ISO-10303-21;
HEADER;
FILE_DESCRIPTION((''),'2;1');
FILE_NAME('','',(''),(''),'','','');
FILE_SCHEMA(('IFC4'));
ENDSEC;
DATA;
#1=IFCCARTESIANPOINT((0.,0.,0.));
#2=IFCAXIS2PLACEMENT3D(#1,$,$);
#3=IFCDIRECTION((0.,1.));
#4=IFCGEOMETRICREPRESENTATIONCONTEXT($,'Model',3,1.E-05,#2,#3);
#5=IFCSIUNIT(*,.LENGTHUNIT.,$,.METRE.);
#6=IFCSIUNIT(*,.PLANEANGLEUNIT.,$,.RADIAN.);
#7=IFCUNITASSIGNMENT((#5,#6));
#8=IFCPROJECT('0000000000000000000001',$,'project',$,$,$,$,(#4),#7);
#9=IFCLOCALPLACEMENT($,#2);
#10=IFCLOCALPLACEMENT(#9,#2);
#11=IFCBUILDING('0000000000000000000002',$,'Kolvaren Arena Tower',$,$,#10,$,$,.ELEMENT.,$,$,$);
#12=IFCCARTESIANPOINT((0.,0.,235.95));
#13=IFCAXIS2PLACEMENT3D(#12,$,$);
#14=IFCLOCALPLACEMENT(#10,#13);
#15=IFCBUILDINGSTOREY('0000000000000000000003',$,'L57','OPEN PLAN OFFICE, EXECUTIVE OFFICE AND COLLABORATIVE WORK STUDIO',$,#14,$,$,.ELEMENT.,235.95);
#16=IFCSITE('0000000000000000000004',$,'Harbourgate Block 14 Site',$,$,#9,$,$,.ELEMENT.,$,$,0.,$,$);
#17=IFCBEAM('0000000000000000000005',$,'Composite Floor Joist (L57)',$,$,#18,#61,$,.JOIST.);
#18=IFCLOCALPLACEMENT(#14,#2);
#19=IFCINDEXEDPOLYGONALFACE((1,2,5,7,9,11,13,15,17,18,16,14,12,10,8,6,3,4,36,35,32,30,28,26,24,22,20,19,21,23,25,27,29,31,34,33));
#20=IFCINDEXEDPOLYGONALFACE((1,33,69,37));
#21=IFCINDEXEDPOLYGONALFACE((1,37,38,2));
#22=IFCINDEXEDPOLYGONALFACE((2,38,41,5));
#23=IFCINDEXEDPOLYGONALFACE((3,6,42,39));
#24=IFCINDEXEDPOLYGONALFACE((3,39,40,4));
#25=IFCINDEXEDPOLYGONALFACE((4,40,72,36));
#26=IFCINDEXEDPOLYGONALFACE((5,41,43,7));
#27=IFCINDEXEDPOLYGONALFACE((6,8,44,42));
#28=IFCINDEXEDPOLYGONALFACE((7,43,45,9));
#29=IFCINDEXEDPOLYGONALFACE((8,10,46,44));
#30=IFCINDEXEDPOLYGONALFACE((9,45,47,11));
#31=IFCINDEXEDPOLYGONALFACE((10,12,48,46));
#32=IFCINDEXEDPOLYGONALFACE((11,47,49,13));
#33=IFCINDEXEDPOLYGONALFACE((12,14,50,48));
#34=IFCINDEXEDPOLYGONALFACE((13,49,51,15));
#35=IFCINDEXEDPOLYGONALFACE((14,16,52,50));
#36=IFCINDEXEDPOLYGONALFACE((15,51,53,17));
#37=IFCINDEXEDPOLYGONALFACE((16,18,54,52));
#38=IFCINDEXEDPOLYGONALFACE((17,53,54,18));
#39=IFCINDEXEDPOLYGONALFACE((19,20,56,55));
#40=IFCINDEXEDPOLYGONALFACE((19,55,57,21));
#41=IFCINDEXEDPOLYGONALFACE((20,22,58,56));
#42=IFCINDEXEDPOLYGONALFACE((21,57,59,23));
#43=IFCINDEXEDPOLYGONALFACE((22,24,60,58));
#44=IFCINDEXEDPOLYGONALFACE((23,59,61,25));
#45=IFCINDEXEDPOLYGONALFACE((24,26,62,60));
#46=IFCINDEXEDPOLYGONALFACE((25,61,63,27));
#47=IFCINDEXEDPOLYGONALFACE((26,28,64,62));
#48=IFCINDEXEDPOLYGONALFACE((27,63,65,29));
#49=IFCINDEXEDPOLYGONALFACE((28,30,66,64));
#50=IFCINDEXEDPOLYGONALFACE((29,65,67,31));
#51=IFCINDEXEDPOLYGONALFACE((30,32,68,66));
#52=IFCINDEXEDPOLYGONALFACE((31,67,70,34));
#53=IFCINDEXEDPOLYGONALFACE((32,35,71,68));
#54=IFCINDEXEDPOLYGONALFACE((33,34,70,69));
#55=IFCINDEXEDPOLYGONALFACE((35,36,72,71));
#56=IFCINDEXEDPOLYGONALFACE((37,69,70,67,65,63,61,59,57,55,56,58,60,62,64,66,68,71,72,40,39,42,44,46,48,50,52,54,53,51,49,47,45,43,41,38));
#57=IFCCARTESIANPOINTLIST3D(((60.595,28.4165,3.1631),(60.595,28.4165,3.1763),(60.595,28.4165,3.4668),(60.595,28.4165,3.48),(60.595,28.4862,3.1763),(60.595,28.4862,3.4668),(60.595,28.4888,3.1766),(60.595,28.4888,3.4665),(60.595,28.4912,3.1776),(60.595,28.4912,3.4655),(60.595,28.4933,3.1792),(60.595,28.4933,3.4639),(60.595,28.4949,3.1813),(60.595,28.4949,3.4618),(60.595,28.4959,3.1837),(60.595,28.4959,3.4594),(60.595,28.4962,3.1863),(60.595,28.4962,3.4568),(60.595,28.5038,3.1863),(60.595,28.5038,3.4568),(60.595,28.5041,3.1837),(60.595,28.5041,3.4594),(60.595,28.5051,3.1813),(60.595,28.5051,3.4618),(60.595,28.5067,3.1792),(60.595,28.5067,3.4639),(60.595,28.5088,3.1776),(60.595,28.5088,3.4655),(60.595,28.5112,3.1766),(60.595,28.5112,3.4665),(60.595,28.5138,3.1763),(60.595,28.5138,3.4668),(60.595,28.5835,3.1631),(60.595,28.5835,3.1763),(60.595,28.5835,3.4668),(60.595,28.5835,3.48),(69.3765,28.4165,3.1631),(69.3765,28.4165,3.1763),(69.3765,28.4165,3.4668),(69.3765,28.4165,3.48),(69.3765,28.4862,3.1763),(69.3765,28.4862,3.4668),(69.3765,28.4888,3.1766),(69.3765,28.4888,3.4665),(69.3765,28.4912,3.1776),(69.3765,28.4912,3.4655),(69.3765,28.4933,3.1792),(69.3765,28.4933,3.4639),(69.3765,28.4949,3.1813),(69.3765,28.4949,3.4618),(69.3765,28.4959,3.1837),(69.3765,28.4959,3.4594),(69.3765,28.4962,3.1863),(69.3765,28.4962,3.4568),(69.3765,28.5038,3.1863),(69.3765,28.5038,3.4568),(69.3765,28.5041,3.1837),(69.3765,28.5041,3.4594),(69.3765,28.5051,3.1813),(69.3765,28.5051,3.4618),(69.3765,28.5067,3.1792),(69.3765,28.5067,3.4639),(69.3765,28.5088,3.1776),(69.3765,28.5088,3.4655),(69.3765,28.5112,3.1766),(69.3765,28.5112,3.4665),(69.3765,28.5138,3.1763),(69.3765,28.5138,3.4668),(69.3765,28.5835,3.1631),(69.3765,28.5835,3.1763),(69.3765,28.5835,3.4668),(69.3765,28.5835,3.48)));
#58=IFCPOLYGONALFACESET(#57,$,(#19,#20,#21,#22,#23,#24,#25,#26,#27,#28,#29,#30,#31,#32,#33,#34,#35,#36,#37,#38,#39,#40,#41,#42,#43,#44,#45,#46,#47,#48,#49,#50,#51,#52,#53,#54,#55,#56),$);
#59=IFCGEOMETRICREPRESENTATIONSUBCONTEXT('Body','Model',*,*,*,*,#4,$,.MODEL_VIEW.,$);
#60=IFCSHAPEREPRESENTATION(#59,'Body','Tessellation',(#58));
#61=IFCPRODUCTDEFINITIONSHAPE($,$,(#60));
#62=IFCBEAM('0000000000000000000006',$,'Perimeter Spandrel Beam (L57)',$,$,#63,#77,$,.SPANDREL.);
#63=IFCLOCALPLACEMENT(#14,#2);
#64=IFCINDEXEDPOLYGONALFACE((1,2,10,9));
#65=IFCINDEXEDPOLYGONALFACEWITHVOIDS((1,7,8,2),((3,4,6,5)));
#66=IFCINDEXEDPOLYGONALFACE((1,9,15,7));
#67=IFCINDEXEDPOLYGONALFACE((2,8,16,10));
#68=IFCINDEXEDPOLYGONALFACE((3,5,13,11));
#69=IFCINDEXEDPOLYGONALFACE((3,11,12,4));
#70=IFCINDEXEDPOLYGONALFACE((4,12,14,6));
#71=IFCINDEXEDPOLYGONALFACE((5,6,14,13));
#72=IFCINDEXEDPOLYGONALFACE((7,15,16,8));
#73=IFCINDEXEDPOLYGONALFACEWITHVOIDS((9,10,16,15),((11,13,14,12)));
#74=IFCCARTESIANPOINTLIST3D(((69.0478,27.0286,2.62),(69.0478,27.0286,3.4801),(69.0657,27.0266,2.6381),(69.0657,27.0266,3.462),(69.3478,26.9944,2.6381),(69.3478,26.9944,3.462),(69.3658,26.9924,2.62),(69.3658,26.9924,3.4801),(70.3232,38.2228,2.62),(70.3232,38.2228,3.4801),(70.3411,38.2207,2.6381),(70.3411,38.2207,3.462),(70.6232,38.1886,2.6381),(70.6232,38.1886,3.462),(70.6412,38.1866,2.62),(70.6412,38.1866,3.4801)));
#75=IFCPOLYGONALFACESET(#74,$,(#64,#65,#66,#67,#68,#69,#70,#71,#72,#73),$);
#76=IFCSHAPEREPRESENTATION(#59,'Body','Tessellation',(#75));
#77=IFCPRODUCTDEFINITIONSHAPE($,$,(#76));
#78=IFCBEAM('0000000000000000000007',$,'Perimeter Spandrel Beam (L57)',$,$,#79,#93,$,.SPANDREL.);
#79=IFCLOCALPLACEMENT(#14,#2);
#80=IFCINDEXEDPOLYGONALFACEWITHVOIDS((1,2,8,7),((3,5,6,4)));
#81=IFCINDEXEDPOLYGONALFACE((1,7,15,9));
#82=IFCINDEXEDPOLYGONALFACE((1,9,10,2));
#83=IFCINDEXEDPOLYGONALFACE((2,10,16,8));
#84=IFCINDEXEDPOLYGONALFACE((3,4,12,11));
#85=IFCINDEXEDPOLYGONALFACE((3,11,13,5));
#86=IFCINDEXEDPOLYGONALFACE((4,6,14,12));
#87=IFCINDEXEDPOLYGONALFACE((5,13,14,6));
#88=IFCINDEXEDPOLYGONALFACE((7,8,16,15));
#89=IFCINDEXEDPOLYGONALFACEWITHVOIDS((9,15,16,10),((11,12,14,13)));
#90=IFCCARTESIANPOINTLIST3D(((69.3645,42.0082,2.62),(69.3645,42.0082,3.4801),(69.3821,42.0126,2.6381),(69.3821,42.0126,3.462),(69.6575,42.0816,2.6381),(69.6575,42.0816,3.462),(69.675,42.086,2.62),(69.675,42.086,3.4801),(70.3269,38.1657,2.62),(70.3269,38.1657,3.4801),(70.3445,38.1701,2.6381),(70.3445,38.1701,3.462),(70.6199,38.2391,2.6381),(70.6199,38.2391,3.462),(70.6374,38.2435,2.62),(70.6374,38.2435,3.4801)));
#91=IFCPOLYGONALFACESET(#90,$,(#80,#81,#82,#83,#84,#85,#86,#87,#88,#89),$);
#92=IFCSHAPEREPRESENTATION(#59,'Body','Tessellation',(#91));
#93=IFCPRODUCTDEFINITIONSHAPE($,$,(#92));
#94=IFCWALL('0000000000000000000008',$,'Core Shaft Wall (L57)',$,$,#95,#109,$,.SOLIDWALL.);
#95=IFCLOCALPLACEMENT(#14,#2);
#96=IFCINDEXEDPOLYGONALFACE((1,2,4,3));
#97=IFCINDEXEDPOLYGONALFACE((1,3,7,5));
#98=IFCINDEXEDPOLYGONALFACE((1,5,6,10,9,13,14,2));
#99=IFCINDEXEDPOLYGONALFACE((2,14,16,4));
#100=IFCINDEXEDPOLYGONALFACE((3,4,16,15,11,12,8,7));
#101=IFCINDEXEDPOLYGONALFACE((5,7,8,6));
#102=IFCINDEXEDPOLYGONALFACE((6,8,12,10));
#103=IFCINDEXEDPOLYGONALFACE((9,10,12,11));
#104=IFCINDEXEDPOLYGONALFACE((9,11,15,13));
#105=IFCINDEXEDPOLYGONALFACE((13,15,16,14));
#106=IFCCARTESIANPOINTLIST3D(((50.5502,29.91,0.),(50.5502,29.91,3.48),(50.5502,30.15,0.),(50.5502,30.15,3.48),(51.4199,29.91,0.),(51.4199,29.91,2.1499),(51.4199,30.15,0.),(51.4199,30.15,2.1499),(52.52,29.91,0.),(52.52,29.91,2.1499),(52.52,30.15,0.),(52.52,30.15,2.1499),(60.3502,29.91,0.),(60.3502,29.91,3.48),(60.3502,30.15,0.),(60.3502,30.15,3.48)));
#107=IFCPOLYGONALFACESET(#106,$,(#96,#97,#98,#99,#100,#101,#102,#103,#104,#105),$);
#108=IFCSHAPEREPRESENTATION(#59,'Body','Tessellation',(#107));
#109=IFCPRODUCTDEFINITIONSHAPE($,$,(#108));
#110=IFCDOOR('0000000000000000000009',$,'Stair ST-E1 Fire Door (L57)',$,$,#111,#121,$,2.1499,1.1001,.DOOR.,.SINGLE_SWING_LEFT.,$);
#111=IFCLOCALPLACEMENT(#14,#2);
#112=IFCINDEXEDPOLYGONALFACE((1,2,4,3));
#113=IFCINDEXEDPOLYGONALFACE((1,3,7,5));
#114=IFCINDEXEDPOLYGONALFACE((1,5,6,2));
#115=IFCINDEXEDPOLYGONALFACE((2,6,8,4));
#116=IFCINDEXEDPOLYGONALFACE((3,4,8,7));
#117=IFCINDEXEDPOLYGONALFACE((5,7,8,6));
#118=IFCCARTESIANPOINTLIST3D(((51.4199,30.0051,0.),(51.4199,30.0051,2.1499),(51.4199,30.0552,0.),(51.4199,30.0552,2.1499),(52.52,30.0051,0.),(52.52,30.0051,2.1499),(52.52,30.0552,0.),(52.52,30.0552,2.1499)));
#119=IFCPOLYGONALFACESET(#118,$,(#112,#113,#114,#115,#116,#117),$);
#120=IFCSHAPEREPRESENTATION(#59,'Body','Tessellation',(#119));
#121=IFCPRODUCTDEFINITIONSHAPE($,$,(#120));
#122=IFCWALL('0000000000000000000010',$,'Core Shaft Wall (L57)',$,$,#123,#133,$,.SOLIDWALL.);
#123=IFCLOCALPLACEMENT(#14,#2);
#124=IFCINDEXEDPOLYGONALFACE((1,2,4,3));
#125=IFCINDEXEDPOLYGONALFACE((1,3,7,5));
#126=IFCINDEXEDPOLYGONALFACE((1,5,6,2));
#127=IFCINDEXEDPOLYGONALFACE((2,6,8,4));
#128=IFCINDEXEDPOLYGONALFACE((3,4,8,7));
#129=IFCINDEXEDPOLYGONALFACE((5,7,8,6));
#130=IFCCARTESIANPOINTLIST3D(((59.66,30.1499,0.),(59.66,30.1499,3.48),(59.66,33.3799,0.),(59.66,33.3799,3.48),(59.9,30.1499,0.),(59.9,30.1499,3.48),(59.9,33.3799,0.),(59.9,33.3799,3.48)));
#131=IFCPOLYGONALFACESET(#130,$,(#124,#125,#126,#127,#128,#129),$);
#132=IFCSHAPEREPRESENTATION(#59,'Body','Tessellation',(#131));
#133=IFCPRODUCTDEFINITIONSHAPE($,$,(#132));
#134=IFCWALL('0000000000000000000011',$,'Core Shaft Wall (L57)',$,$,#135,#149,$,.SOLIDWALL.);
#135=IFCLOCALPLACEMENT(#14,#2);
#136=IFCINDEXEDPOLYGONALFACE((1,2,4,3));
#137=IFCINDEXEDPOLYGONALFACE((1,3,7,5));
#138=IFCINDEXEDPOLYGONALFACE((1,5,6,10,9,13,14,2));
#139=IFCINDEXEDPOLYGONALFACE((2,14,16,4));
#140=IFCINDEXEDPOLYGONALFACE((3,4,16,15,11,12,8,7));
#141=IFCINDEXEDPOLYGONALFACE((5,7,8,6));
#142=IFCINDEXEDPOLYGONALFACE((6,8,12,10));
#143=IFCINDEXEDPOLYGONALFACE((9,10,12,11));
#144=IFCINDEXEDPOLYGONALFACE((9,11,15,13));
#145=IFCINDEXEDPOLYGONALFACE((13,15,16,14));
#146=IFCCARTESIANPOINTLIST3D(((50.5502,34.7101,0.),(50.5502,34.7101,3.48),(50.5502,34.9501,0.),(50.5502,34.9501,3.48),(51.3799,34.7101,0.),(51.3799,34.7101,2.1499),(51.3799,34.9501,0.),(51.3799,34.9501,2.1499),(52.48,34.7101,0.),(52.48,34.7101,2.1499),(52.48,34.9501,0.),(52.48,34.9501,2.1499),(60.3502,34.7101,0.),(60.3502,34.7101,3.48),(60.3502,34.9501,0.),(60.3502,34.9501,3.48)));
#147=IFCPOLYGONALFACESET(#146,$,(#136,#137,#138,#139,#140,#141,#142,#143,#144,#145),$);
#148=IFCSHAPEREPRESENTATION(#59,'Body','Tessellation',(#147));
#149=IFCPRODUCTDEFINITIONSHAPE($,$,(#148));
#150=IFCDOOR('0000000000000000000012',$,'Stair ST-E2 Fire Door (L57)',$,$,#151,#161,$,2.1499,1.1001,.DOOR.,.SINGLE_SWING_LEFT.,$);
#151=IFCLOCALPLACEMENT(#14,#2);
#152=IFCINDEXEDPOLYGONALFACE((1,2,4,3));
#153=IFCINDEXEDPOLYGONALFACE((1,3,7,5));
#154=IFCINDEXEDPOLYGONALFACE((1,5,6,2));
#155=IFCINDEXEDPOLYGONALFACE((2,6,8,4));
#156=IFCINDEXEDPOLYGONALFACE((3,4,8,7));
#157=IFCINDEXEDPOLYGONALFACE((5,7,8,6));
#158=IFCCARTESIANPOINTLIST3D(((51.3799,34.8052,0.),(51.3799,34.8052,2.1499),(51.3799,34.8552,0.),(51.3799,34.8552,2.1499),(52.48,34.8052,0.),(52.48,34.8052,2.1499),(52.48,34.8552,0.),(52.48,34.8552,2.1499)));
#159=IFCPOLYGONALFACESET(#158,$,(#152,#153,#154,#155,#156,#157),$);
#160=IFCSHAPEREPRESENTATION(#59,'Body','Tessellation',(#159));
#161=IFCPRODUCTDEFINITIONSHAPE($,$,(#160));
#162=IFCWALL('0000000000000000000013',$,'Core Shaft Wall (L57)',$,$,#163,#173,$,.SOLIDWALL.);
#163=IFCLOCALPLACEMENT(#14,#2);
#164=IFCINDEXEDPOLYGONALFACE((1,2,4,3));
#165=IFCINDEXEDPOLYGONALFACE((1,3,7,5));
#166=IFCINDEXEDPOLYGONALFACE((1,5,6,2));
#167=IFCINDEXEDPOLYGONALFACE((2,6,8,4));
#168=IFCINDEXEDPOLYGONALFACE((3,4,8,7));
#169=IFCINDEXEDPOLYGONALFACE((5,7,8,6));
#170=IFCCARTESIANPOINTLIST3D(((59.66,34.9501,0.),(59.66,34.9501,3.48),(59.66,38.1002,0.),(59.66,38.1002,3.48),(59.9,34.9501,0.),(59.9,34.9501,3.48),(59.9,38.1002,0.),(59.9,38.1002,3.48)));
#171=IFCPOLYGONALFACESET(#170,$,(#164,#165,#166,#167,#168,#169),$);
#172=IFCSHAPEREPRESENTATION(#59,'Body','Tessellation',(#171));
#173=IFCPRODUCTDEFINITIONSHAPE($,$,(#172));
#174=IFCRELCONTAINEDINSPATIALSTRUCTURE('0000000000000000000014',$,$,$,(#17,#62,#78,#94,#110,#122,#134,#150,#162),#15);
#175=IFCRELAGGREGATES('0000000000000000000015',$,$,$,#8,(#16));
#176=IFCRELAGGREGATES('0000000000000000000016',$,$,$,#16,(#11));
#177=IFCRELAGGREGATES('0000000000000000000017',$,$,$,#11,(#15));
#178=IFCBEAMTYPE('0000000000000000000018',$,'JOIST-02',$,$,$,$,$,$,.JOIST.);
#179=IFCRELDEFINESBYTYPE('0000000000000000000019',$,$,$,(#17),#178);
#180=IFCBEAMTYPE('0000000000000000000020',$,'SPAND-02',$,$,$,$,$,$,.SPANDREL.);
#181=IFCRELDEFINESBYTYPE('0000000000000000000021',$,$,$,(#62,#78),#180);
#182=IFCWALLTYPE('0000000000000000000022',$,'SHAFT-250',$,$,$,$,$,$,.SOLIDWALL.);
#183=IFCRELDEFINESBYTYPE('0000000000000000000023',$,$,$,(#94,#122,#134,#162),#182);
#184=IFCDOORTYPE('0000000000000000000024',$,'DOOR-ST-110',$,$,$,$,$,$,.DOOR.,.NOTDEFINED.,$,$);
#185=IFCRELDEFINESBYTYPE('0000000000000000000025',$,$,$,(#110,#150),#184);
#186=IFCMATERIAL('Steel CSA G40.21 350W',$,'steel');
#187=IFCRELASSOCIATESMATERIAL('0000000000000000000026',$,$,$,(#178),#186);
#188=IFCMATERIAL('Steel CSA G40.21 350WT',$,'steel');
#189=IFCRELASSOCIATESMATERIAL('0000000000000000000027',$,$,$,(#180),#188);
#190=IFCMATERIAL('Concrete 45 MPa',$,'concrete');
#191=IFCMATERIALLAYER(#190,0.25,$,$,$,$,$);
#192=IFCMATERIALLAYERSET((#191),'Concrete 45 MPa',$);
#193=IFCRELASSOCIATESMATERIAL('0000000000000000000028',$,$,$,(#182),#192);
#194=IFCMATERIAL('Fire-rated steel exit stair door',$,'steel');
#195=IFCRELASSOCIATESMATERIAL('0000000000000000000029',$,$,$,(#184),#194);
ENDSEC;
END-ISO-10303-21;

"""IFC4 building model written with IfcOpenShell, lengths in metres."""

from ifc_helpers import new_model, si_unit, direction, frame, frame_2d, origin, origin_2d, place, context, subcontext, project, spatial, rectangle, hollow_rectangle, i_section, extrude, material, layer, layer_set, material_profile, profile_set, type_object, element, fill, save


model = new_model("IFC4")

# Units and contexts
model_context = context("Model", 3, precision=1e-05, world=origin(), true_north=direction((0.0, 1.0)))
body_context = subcontext(model_context, "Body", "Model", "MODEL_VIEW")
ifc_project = project(units=[si_unit("LENGTHUNIT", "METRE"), si_unit("PLANEANGLEUNIT", "RADIAN")], contexts=[model_context])

# Site, building, storey
site_placement = place(None, origin())
site = spatial("IfcSite", under=ifc_project, at=site_placement, Name="Harbourgate Block 14 Site", CompositionType="ELEMENT", RefElevation=0.0)
building_placement = place(site_placement, origin())
building = spatial("IfcBuilding", under=site, at=building_placement, Name="Kolvaren Arena Tower", CompositionType="ELEMENT")
storey_placement = place(building_placement, frame((0.0, 0.0, 235.95)))
storey = spatial("IfcBuildingStorey", under=building, at=storey_placement, Name="L57", Description="OPEN PLAN OFFICE, EXECUTIVE OFFICE AND COLLABORATIVE WORK STUDIO", CompositionType="ELEMENT", Elevation=235.95)

# Beams
ifc_material_1 = material(Name="Steel CSA G40.21 350W", Category="steel")
ifc_material_profile_1 = material_profile(ifc_material_1, i_section(OverallWidth=0.167, OverallDepth=0.3169, WebThickness=0.0076, FlangeThickness=0.0132, FilletRadius=0.01, at=origin_2d()), Name="W310x52")
ifc_profile_set_1 = profile_set([ifc_material_profile_1], Name="Steel CSA G40.21 350W")
beam_type_1 = type_object("IfcBeamType", Name="JOIST-02", PredefinedType="JOIST", material=ifc_profile_set_1)
beam_1_placement = place(storey_placement, frame((60.595, 28.5, 3.3215), z_axis=(1.0, 0.0, 0.0), x_axis=(0.0, 1.0, 0.0)))
element("IfcBeam", 1, at=beam_1_placement, inside=storey, type_object=beam_type_1, Name="Composite Floor Joist (L57)", PredefinedType="JOIST", context=body_context, shape_type="SweptSolid", body=[
    extrude(i_section(OverallWidth=0.167, OverallDepth=0.3169, WebThickness=0.0076, FlangeThickness=0.0132, FilletRadius=0.01, at=origin_2d()), origin(), (0.0, 0.0, 1.0), 8.7815),
])
ifc_material_2 = material(Name="Steel CSA G40.21 350WT", Category="steel")
ifc_material_profile_2 = material_profile(ifc_material_2, hollow_rectangle(XDim=0.3201, YDim=0.8601, WallThickness=0.0181, at=origin_2d()), Name="HSS 860x320x18")
ifc_profile_set_2 = profile_set([ifc_material_profile_2], Name="Steel CSA G40.21 350WT")
beam_type_2 = type_object("IfcBeamType", Name="SPAND-02", PredefinedType="SPANDREL", material=ifc_profile_set_2)
beam_2_placement = place(storey_placement, frame((69.2068, 27.0105, 3.05), z_axis=(0.113202, 0.993572, 0.0), x_axis=(-0.993572, 0.113202, 0.0)))
element("IfcBeam", 2, at=beam_2_placement, inside=storey, type_object=beam_type_2, Name="Perimeter Spandrel Beam (L57)", PredefinedType="SPANDREL", context=body_context, shape_type="SweptSolid", body=[
    extrude(hollow_rectangle(XDim=0.3201, YDim=0.8601, WallThickness=0.0181, at=origin_2d()), origin(), (0.0, 0.0, 1.0), 11.2666),
])
beam_3_placement = place(storey_placement, frame((70.4822, 38.2046, 3.05), z_axis=(-0.242956, 0.970037, 0.0), x_axis=(-0.970037, -0.242956, 0.0)))
element("IfcBeam", 3, at=beam_3_placement, inside=storey, type_object=beam_type_2, Name="Perimeter Spandrel Beam (L57)", PredefinedType="SPANDREL", context=body_context, shape_type="SweptSolid", body=[
    extrude(hollow_rectangle(XDim=0.3201, YDim=0.8601, WallThickness=0.0181, at=origin_2d()), origin(), (0.0, 0.0, 1.0), 3.9612),
])

# Wall, opening, door
ifc_material_3 = material(Name="Concrete 45 MPa", Category="concrete")
ifc_layer = layer(ifc_material_3, 0.25)
ifc_layer_set = layer_set([ifc_layer], Name="Concrete 45 MPa")
wall_type = type_object("IfcWallType", Name="SHAFT-250", PredefinedType="SOLIDWALL", material=ifc_layer_set)
wall_1_placement = place(storey_placement, frame((60.3501, 30.03, 0.0), z_axis=(0.0, 0.0, 1.0), x_axis=(-1.0, 0.0, 0.0)))
wall_1 = element("IfcWall", 4, at=wall_1_placement, inside=storey, type_object=wall_type, Name="Core Shaft Wall (L57)", PredefinedType="SOLIDWALL", context=body_context, shape_type="SweptSolid", body=[
    extrude(rectangle(XDim=9.8, YDim=0.24, at=frame_2d((4.8999, 0.0))), origin(), (0.0, 0.0, 1.0), 3.48),
])
opening_1_placement = place(wall_1_placement, frame((7.8301, 0.0, 0.0)))
opening_1 = element("IfcOpeningElement", 5, at=opening_1_placement, cuts=wall_1, PredefinedType="OPENING", context=body_context, shape_type="SweptSolid", body=[
    extrude(rectangle(XDim=1.1001, YDim=2.1499, at=frame_2d((0.55, 1.075))), frame((0.0, 0.1299, 0.0), z_axis=(0.0, -1.0, 0.0), x_axis=(1.0, 0.0, 0.0)), (0.0, 0.0, 1.0), 0.26),
])
ifc_material_4 = material(Name="Fire-rated steel exit stair door", Category="steel")
door_type_1 = type_object("IfcDoorType", Name="DOOR-ST-110", OperationType="NOTDEFINED", PredefinedType="DOOR", material=ifc_material_4)
door_1_placement = place(opening_1_placement, origin())
door_1 = element("IfcDoor", 6, at=door_1_placement, inside=storey, type_object=door_type_1, Name="Stair ST-E1 Fire Door (L57)", OperationType="SINGLE_SWING_LEFT", OverallHeight=2.1499, OverallWidth=1.1001, PredefinedType="DOOR", context=body_context, shape_type="SweptSolid", body=[
    extrude(rectangle(XDim=1.1001, YDim=2.1499, at=frame_2d((0.55, 1.075))), frame((0.0, 0.0249, 0.0), z_axis=(0.0, -1.0, 0.0), x_axis=(1.0, 0.0, 0.0)), (0.0, 0.0, 1.0), 0.05),
])
fill(opening_1, door_1)

# Wall
wall_2_placement = place(storey_placement, frame((59.78, 30.1499, 0.0), z_axis=(0.0, 0.0, 1.0), x_axis=(0.0, 1.0, 0.0)))
element("IfcWall", 7, at=wall_2_placement, inside=storey, type_object=wall_type, Name="Core Shaft Wall (L57)", PredefinedType="SOLIDWALL", context=body_context, shape_type="SweptSolid", body=[
    extrude(rectangle(XDim=3.23, YDim=0.24, at=frame_2d((1.615, 0.0))), origin(), (0.0, 0.0, 1.0), 3.48),
])

# Wall, opening, door
wall_3_placement = place(storey_placement, frame((60.3501, 34.8301, 0.0), z_axis=(0.0, 0.0, 1.0), x_axis=(-1.0, 0.0, 0.0)))
wall_3 = element("IfcWall", 8, at=wall_3_placement, inside=storey, type_object=wall_type, Name="Core Shaft Wall (L57)", PredefinedType="SOLIDWALL", context=body_context, shape_type="SweptSolid", body=[
    extrude(rectangle(XDim=9.8, YDim=0.24, at=frame_2d((4.8999, 0.0))), origin(), (0.0, 0.0, 1.0), 3.48),
])
opening_2_placement = place(wall_3_placement, frame((7.8701, 0.0, 0.0)))
opening_2 = element("IfcOpeningElement", 9, at=opening_2_placement, cuts=wall_3, PredefinedType="OPENING", context=body_context, shape_type="SweptSolid", body=[
    extrude(rectangle(XDim=1.1001, YDim=2.1499, at=frame_2d((0.55, 1.075))), frame((0.0, 0.1299, 0.0), z_axis=(0.0, -1.0, 0.0), x_axis=(1.0, 0.0, 0.0)), (0.0, 0.0, 1.0), 0.26),
])
door_2_placement = place(opening_2_placement, origin())
door_2 = element("IfcDoor", 10, at=door_2_placement, inside=storey, type_object=door_type_1, Name="Stair ST-E2 Fire Door (L57)", OperationType="SINGLE_SWING_LEFT", OverallHeight=2.1499, OverallWidth=1.1001, PredefinedType="DOOR", context=body_context, shape_type="SweptSolid", body=[
    extrude(rectangle(XDim=1.1001, YDim=2.1499, at=frame_2d((0.55, 1.075))), frame((0.0, 0.0249, 0.0), z_axis=(0.0, -1.0, 0.0), x_axis=(1.0, 0.0, 0.0)), (0.0, 0.0, 1.0), 0.05),
])
fill(opening_2, door_2)

# Wall
wall_4_placement = place(storey_placement, frame((59.78, 34.95, 0.0), z_axis=(0.0, 0.0, 1.0), x_axis=(0.0, 1.0, 0.0)))
element("IfcWall", 11, at=wall_4_placement, inside=storey, type_object=wall_type, Name="Core Shaft Wall (L57)", PredefinedType="SOLIDWALL", context=body_context, shape_type="SweptSolid", body=[
    extrude(rectangle(XDim=3.1501, YDim=0.24, at=frame_2d((1.5752, 0.0))), origin(), (0.0, 0.0, 1.0), 3.48),
])

save(model, "model.ifc")
